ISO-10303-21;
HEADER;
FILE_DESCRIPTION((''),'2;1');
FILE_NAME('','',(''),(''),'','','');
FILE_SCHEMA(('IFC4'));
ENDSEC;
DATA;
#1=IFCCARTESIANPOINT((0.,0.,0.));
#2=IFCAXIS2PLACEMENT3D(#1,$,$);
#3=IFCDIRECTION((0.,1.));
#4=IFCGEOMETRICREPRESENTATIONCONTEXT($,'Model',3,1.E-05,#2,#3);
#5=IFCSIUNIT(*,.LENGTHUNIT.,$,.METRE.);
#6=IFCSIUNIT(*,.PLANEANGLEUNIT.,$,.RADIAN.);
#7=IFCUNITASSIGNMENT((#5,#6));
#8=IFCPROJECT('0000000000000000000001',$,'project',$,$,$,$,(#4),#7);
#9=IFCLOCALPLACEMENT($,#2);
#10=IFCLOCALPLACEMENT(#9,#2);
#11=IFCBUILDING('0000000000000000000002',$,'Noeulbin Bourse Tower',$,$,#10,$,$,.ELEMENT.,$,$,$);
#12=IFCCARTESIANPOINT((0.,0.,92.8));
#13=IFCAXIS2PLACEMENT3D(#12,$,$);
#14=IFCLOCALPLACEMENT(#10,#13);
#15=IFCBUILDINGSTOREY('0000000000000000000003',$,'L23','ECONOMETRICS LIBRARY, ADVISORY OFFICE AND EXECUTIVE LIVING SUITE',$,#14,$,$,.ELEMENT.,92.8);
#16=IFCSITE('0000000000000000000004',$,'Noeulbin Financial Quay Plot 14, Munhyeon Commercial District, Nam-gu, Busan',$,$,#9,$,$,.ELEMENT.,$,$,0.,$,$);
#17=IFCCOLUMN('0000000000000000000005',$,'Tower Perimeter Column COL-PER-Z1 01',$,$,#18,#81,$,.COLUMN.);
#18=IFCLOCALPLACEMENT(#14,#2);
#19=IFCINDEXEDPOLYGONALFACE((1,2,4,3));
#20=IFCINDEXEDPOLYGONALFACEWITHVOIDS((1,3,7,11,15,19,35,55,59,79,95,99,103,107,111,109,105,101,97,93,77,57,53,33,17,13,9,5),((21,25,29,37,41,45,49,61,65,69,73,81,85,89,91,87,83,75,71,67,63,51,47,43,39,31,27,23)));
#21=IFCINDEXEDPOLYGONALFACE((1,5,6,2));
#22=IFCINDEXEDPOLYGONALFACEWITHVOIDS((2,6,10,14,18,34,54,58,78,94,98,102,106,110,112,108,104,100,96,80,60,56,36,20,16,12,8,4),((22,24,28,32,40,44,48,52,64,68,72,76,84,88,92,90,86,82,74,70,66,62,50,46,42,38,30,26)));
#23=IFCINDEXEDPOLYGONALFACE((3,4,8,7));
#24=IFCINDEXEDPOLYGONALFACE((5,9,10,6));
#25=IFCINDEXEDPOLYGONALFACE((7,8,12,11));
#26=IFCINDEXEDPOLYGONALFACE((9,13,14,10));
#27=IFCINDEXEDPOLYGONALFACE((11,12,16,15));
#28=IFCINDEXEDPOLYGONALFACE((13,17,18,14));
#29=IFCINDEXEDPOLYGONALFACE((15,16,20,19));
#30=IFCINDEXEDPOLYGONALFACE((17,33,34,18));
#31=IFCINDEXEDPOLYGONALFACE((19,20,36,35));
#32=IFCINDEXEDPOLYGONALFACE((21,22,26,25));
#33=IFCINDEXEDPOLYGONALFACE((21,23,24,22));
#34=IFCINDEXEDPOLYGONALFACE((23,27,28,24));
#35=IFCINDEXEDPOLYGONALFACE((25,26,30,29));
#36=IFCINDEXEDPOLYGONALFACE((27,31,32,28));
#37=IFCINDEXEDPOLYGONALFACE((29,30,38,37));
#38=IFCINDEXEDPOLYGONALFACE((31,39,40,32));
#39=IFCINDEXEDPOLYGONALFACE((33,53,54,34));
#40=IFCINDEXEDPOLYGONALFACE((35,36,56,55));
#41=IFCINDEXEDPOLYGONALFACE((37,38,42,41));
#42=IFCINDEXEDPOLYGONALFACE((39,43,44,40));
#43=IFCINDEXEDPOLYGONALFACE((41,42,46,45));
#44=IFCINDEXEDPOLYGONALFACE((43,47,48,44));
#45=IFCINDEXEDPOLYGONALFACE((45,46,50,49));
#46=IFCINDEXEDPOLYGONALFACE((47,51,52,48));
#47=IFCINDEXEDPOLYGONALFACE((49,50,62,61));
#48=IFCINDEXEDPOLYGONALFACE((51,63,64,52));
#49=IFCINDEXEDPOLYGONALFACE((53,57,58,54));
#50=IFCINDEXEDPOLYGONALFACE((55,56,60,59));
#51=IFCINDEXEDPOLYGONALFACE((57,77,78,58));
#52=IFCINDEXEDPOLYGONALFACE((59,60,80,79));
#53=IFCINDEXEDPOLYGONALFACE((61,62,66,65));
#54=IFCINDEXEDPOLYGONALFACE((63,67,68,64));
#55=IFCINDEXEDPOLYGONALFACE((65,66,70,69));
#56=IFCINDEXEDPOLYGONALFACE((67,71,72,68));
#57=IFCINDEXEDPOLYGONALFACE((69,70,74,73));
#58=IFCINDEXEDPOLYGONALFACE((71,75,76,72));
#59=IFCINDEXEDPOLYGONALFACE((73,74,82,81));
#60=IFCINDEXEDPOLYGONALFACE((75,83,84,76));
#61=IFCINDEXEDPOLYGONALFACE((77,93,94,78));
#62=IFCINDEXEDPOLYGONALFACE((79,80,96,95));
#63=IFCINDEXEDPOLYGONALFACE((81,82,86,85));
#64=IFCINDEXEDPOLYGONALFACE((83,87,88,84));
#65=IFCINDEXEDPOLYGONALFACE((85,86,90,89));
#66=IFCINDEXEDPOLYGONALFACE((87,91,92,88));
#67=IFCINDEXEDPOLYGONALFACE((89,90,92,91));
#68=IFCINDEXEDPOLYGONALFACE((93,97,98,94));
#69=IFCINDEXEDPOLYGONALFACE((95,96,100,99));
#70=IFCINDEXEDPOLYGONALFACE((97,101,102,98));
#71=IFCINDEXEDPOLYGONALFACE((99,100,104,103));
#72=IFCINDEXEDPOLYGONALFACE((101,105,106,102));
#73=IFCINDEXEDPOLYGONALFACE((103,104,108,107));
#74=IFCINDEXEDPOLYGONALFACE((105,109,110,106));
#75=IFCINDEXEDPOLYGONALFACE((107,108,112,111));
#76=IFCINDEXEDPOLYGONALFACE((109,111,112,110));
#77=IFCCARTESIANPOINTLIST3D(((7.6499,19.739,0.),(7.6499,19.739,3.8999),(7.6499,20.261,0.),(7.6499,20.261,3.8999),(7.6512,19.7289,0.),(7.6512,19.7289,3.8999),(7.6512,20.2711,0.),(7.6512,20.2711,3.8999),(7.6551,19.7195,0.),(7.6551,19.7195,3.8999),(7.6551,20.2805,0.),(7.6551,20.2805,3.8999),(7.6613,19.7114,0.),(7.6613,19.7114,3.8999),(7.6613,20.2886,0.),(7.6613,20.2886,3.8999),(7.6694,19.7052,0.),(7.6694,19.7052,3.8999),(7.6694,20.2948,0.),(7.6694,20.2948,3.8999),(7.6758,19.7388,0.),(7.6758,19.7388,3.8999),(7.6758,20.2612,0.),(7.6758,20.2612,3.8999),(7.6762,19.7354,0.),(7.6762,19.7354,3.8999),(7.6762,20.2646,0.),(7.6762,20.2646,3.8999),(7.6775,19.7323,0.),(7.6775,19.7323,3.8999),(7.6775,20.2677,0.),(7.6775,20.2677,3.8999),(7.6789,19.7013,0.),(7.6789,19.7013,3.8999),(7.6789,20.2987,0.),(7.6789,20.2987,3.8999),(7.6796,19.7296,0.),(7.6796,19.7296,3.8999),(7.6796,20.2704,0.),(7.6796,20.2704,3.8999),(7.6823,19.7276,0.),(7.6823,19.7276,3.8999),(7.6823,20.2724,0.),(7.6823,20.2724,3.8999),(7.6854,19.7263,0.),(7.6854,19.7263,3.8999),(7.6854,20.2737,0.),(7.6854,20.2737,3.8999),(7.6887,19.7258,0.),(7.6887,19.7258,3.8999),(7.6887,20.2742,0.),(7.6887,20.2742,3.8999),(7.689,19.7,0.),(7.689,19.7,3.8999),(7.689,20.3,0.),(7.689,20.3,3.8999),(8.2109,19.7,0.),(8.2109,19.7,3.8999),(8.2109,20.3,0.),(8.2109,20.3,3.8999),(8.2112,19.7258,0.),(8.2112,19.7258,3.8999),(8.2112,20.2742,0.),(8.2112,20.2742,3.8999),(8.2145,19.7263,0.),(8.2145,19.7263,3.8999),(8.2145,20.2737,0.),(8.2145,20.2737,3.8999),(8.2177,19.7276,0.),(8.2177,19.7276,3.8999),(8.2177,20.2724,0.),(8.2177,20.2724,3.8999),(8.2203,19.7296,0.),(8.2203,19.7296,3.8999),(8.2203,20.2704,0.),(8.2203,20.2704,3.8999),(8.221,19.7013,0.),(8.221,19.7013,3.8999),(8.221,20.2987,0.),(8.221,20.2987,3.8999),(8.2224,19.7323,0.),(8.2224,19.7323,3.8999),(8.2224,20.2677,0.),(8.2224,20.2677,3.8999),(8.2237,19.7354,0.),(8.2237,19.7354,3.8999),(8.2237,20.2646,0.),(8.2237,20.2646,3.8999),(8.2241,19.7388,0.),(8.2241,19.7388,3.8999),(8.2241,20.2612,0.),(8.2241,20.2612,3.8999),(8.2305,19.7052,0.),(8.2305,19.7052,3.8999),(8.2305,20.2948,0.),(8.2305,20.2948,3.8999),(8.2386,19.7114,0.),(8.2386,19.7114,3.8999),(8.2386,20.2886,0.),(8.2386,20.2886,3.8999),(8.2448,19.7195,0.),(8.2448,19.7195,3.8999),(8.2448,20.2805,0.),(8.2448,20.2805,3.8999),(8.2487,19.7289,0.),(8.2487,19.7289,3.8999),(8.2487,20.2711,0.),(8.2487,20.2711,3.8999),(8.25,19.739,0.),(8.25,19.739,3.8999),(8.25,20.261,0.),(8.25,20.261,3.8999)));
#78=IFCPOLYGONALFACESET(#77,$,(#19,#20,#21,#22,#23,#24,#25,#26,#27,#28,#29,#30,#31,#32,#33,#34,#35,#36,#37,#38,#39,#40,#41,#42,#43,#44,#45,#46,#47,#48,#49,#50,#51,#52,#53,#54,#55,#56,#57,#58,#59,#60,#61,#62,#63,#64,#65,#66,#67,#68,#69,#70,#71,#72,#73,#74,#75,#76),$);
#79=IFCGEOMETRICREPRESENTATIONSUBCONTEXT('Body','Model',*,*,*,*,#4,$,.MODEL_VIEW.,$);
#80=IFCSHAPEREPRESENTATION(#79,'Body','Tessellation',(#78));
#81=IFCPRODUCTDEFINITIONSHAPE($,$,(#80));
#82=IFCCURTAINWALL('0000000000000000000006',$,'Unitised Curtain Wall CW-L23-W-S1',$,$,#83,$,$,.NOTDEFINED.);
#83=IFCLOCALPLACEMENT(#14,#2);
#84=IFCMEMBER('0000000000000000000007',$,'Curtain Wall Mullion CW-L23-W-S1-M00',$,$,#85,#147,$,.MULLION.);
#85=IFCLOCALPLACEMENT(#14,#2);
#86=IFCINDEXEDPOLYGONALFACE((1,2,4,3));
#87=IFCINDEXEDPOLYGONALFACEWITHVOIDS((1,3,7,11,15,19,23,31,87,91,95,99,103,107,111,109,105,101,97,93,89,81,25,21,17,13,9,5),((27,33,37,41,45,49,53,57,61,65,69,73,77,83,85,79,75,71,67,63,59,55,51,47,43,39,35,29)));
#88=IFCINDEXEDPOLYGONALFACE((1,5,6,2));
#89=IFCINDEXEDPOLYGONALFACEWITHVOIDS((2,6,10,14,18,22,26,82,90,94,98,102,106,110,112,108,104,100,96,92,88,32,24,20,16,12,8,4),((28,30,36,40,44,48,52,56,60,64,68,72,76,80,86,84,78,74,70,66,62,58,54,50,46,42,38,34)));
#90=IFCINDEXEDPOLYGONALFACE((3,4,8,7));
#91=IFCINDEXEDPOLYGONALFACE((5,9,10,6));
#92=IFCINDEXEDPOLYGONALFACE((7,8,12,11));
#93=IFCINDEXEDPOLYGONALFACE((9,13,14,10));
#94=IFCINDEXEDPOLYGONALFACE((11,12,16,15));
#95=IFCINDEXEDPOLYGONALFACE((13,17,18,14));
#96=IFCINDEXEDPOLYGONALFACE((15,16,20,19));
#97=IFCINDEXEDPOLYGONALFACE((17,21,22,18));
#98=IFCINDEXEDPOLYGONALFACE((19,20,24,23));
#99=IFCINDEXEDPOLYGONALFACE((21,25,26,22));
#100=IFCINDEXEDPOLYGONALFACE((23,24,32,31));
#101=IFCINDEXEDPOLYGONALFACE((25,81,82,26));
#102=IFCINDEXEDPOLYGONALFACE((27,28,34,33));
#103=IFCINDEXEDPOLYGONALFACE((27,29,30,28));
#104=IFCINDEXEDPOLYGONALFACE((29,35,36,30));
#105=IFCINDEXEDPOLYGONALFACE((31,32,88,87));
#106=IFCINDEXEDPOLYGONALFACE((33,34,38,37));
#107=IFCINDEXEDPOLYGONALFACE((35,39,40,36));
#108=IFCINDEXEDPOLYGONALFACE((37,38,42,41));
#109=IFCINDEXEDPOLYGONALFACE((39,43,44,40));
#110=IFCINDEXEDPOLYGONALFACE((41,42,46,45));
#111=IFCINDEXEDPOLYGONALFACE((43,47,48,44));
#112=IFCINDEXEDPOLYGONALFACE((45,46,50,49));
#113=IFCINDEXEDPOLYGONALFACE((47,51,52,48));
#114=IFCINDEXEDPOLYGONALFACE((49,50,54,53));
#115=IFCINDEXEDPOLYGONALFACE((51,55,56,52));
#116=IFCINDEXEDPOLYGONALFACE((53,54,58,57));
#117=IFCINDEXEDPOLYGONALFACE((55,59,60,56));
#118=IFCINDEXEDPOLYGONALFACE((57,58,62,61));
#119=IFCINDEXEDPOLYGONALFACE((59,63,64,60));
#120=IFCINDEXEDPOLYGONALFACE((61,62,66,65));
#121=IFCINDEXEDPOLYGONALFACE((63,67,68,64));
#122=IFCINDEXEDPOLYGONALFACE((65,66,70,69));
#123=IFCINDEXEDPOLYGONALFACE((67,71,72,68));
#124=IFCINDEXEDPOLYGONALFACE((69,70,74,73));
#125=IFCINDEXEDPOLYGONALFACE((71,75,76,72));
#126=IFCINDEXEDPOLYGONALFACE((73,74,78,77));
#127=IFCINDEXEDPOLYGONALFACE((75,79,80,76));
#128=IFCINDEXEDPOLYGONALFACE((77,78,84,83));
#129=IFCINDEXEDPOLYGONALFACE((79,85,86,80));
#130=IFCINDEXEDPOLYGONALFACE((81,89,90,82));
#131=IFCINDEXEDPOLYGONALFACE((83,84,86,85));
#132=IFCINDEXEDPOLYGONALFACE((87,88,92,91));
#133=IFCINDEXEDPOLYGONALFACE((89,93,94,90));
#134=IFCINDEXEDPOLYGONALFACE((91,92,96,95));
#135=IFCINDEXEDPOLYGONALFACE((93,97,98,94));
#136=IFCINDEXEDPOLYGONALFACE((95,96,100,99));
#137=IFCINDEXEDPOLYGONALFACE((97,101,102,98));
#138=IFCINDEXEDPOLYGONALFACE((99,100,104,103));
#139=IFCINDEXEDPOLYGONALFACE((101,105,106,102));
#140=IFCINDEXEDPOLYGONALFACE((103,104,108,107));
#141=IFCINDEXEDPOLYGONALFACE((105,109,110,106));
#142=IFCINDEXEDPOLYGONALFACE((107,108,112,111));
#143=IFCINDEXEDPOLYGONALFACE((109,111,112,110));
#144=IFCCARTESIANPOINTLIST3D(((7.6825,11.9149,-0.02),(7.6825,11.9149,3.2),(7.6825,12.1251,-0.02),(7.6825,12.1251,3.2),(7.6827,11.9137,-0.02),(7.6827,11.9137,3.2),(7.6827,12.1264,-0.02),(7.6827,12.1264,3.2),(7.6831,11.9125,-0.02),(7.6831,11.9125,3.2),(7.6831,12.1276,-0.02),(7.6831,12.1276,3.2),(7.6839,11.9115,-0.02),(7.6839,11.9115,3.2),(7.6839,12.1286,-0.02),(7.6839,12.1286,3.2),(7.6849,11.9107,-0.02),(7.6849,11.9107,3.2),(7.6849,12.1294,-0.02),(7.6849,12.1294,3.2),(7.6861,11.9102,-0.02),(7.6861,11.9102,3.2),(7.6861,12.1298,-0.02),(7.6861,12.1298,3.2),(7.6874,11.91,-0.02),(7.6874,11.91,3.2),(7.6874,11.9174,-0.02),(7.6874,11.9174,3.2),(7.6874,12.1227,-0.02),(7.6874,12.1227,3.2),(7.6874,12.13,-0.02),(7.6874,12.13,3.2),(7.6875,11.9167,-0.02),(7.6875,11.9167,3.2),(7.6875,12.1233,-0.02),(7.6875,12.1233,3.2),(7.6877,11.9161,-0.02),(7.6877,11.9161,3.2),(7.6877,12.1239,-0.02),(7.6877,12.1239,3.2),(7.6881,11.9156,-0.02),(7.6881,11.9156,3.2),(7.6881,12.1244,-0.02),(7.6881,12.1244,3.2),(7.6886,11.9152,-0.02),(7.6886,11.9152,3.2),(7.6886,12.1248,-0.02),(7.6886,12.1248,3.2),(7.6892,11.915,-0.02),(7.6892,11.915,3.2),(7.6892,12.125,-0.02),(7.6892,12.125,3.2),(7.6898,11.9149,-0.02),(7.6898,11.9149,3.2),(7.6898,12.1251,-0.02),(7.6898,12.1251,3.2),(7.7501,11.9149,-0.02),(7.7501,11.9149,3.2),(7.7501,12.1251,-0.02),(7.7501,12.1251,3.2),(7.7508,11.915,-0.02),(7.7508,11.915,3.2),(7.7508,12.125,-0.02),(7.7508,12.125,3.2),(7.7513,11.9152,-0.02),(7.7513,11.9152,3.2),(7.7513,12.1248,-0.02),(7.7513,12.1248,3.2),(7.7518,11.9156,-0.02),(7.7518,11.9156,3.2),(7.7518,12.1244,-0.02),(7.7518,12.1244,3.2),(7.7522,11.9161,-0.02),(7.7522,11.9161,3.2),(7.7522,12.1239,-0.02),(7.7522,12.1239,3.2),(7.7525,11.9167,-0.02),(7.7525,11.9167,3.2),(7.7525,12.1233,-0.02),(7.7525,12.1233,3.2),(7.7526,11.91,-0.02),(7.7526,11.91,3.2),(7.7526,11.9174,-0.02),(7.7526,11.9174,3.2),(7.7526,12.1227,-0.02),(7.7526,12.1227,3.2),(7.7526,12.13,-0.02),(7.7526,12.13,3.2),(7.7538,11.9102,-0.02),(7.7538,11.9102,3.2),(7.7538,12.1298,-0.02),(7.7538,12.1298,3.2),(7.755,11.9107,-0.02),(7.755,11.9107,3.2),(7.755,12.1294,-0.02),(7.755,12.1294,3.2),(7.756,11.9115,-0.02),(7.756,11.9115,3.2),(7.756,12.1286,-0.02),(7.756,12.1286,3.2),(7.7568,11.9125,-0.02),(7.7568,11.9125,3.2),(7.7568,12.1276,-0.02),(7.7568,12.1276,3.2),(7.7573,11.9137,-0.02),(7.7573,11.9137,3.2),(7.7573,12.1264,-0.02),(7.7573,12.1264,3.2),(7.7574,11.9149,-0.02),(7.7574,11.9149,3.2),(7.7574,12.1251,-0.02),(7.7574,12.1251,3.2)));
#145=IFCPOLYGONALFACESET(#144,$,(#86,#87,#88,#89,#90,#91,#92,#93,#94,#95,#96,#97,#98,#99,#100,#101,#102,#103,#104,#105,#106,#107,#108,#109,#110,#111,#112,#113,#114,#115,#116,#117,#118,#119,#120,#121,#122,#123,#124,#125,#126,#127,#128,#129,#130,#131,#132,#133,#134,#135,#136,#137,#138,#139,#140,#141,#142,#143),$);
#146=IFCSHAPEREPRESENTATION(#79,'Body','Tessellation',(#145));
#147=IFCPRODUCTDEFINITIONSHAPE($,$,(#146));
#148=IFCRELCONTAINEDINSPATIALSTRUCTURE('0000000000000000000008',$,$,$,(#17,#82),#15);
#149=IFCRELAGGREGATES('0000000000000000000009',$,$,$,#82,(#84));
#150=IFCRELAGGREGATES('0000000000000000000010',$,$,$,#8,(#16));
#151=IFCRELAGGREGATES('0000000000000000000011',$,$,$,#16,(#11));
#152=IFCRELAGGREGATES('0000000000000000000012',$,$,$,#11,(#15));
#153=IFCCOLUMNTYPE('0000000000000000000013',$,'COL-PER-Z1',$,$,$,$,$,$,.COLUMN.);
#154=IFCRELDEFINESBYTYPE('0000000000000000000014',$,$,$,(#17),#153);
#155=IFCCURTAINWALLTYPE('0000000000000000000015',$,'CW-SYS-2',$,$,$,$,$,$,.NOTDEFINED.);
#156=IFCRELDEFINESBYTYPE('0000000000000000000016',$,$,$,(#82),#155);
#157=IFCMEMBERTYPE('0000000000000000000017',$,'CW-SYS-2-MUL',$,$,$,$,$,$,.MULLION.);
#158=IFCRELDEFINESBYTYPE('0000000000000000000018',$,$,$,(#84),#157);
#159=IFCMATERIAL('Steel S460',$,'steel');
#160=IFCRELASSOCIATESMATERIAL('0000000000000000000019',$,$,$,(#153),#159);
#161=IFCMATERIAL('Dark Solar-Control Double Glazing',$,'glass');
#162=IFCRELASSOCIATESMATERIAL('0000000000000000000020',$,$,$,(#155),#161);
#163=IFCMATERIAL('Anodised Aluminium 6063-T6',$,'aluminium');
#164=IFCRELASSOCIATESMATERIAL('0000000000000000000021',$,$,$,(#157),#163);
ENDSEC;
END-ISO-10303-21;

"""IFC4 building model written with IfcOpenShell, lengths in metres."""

from ifc_helpers import new_model, si_unit, direction, frame, origin, origin_2d, place, context, subcontext, project, spatial, hollow_rectangle, extrude, material, material_profile, profile_set, type_object, element, aggregate, save


model = new_model("IFC4")

# Units and contexts
model_context = context("Model", 3, precision=1e-05, world=origin(), true_north=direction((0.0, 1.0)))
body_context = subcontext(model_context, "Body", "Model", "MODEL_VIEW")
ifc_project = project(units=[si_unit("LENGTHUNIT", "METRE"), si_unit("PLANEANGLEUNIT", "RADIAN")], contexts=[model_context])

# Site, building, storey
site_placement = place(None, origin())
site = spatial("IfcSite", under=ifc_project, at=site_placement, Name="Noeulbin Financial Quay Plot 14, Munhyeon Commercial District, Nam-gu, Busan", CompositionType="ELEMENT", RefElevation=0.0)
building_placement = place(site_placement, origin())
building = spatial("IfcBuilding", under=site, at=building_placement, Name="Noeulbin Bourse Tower", CompositionType="ELEMENT")
storey_placement = place(building_placement, frame((0.0, 0.0, 92.8)))
storey = spatial("IfcBuildingStorey", under=building, at=storey_placement, Name="L23", Description="ECONOMETRICS LIBRARY, ADVISORY OFFICE AND EXECUTIVE LIVING SUITE", CompositionType="ELEMENT", Elevation=92.8)

# Column
ifc_material_1 = material(Name="Steel S460", Category="steel")
ifc_material_profile_1 = material_profile(ifc_material_1, hollow_rectangle(XDim=0.6001, YDim=0.6001, WallThickness=0.0259, InnerFilletRadius=0.0129, OuterFilletRadius=0.0391, at=origin_2d()), Name="BOX-600x600x26", Category="LoadBearing")
ifc_profile_set_1 = profile_set([ifc_material_profile_1], Name="Steel S460")
column_type = type_object("IfcColumnType", Name="COL-PER-Z1", PredefinedType="COLUMN", material=ifc_profile_set_1)
column_placement = place(storey_placement, frame((7.95, 20.0, 0.0), z_axis=(0.0, 0.0, 1.0), x_axis=(1.0, 0.0, 0.0)))
element("IfcColumn", 1, at=column_placement, inside=storey, type_object=column_type, Name="Tower Perimeter Column COL-PER-Z1 01", PredefinedType="COLUMN", context=body_context, shape_type="SweptSolid", body=[
    extrude(hollow_rectangle(XDim=0.6001, YDim=0.6001, WallThickness=0.0259, InnerFilletRadius=0.0129, OuterFilletRadius=0.0391, at=origin_2d()), origin(), (0.0, 0.0, 1.0), 3.8999),
])

# Curtain wall, member
ifc_material_2 = material(Name="Dark Solar-Control Double Glazing", Category="glass")
curtain_wall_type = type_object("IfcCurtainWallType", Name="CW-SYS-2", PredefinedType="NOTDEFINED", material=ifc_material_2)
curtain_wall_placement = place(storey_placement, origin())
curtain_wall = element("IfcCurtainWall", 2, at=curtain_wall_placement, inside=storey, type_object=curtain_wall_type, Name="Unitised Curtain Wall CW-L23-W-S1", PredefinedType="NOTDEFINED")
ifc_material_3 = material(Name="Anodised Aluminium 6063-T6", Category="aluminium")
ifc_material_profile_2 = material_profile(ifc_material_3, hollow_rectangle(XDim=0.075, YDim=0.22, WallThickness=0.0049, InnerFilletRadius=0.0024, OuterFilletRadius=0.0049, at=origin_2d()), Name="ALU-MULL-75x220x5", Category="LoadBearing")
ifc_profile_set_2 = profile_set([ifc_material_profile_2], Name="Anodised Aluminium 6063-T6")
member_type_1 = type_object("IfcMemberType", Name="CW-SYS-2-MUL", PredefinedType="MULLION", material=ifc_profile_set_2)
member_1_placement = place(storey_placement, frame((7.72, 12.02, -0.02), z_axis=(0.0, 0.0, 1.0), x_axis=(1.0, 0.0, 0.0)))
member_1 = element("IfcMember", 3, at=member_1_placement, type_object=member_type_1, Name="Curtain Wall Mullion CW-L23-W-S1-M00", PredefinedType="MULLION", context=body_context, shape_type="SweptSolid", body=[
    extrude(hollow_rectangle(XDim=0.075, YDim=0.22, WallThickness=0.0049, InnerFilletRadius=0.0024, OuterFilletRadius=0.0049, at=origin_2d()), origin(), (0.0, 0.0, 1.0), 3.22),
])
aggregate(curtain_wall, [member_1])

save(model, "model.ifc")
